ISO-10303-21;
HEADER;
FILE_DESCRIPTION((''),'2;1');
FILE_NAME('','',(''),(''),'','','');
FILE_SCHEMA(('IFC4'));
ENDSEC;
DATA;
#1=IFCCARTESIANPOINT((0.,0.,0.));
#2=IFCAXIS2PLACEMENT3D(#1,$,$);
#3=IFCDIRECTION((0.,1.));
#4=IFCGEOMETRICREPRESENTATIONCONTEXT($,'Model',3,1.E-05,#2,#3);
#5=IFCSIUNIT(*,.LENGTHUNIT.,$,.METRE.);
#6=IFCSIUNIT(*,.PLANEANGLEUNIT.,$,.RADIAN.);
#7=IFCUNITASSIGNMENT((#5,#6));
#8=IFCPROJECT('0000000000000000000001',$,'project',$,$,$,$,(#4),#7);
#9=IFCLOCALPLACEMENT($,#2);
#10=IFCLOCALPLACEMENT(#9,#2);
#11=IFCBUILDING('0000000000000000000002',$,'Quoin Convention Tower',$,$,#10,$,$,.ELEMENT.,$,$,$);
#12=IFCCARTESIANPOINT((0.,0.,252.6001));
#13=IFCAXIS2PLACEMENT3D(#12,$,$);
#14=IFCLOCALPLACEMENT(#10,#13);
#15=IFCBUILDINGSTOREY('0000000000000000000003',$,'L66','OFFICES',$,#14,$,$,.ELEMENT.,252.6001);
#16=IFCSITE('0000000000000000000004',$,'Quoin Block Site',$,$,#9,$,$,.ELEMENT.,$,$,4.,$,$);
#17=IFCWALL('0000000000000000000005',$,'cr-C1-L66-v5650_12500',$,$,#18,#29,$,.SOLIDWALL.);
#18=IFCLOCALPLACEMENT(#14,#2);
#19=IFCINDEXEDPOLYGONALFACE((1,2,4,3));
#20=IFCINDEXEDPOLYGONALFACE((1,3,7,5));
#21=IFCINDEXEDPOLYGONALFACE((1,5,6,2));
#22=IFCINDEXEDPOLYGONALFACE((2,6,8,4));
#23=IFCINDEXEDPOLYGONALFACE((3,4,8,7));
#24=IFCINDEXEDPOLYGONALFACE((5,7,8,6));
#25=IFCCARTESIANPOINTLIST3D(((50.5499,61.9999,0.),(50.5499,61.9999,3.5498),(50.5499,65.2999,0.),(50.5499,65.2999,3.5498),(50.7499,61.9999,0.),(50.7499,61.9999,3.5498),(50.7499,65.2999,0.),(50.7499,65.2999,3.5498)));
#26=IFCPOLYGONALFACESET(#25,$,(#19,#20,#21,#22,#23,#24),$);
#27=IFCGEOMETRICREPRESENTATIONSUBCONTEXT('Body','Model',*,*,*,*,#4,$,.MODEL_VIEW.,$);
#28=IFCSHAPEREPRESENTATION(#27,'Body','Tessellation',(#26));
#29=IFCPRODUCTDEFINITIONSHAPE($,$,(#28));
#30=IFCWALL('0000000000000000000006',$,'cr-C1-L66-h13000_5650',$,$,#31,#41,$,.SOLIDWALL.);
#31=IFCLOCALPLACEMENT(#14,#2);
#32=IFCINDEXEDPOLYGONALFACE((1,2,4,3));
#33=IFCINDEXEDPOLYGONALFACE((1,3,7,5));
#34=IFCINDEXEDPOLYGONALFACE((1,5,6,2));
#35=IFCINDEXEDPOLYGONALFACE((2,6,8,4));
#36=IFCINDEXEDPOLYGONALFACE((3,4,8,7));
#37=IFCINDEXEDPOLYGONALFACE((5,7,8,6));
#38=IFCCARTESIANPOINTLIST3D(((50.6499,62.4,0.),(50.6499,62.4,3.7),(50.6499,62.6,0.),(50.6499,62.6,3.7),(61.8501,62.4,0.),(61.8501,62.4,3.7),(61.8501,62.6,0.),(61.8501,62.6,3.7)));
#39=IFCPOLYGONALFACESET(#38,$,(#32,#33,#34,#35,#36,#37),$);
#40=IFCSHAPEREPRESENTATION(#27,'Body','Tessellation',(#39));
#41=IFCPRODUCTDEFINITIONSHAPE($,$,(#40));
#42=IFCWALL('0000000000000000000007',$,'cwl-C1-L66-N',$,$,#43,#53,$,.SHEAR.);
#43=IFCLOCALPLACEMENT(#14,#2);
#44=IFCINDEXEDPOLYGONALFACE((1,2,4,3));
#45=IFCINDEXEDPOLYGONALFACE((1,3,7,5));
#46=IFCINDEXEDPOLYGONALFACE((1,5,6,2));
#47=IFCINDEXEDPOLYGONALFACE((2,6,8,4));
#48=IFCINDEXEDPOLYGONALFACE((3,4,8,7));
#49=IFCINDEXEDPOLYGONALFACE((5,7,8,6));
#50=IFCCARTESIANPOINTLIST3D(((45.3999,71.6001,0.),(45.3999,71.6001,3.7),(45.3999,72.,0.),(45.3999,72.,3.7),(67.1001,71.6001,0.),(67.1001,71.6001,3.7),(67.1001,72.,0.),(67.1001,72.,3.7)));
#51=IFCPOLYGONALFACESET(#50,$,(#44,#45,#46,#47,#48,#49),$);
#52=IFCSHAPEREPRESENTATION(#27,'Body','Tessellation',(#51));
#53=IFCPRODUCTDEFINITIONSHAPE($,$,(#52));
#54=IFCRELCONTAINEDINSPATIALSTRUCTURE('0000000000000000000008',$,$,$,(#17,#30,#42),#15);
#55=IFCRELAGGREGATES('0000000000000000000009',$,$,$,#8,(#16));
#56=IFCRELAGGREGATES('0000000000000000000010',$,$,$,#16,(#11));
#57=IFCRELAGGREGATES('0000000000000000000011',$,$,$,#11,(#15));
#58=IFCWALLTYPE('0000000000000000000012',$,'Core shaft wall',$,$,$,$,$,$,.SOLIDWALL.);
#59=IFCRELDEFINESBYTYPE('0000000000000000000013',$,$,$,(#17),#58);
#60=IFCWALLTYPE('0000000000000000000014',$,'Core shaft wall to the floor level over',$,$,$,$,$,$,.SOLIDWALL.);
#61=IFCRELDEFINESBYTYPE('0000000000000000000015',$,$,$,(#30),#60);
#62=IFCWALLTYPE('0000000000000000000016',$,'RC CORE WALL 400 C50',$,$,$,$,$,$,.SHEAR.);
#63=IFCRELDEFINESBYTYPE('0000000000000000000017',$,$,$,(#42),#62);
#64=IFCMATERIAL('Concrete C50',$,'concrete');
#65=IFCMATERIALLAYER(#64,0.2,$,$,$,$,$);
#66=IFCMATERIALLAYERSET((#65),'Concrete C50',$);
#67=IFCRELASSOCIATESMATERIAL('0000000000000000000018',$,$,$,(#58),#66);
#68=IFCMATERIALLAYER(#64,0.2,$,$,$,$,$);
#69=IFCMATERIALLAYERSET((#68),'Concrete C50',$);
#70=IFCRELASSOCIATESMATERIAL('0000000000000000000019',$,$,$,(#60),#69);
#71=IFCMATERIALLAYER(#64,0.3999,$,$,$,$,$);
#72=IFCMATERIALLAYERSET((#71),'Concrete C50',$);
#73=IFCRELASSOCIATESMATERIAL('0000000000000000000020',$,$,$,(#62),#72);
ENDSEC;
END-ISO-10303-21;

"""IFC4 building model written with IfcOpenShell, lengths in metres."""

from ifc_helpers import new_model, si_unit, direction, frame, frame_2d, origin, place, context, subcontext, project, spatial, rectangle, extrude, material, layer, layer_set, type_object, element, save


model = new_model("IFC4")

# Units and contexts
model_context = context("Model", 3, precision=1e-05, world=origin(), true_north=direction((0.0, 1.0)))
body_context = subcontext(model_context, "Body", "Model", "MODEL_VIEW")
ifc_project = project(units=[si_unit("LENGTHUNIT", "METRE"), si_unit("PLANEANGLEUNIT", "RADIAN")], contexts=[model_context])

# Site, building, storey
site_placement = place(None, origin())
site = spatial("IfcSite", under=ifc_project, at=site_placement, Name="Quoin Block Site", CompositionType="ELEMENT", RefElevation=4.0)
building_placement = place(site_placement, origin())
building = spatial("IfcBuilding", under=site, at=building_placement, Name="Quoin Convention Tower", CompositionType="ELEMENT")
storey_placement = place(building_placement, frame((0.0, 0.0, 252.6001)))
storey = spatial("IfcBuildingStorey", under=building, at=storey_placement, Name="L66", Description="OFFICES", CompositionType="ELEMENT", Elevation=252.6001)

# Shared definitions
ifc_material_1 = material(Name="Concrete C50", Category="concrete")
ifc_layer_1 = layer(ifc_material_1, 0.2)
ifc_layer_set_1 = layer_set([ifc_layer_1], Name="Concrete C50")
wall_type_1 = type_object("IfcWallType", Name="Core shaft wall", PredefinedType="SOLIDWALL", material=ifc_layer_set_1)

# Walls
wall_1_placement = place(storey_placement, frame((50.6499, 62.0, 0.0), z_axis=(0.0, 0.0, 1.0), x_axis=(0.0, 1.0, 0.0)))
element("IfcWall", 1, at=wall_1_placement, inside=storey, type_object=wall_type_1, Name="cr-C1-L66-v5650_12500", PredefinedType="SOLIDWALL", context=body_context, shape_type="SweptSolid", body=[
    extrude(rectangle(XDim=3.3, YDim=0.2, at=frame_2d((1.6499, 0.0))), origin(), (0.0, 0.0, 1.0), 3.5498),
])
ifc_layer_2 = layer(ifc_material_1, 0.2)
ifc_layer_set_2 = layer_set([ifc_layer_2], Name="Concrete C50")
wall_type_2 = type_object("IfcWallType", Name="Core shaft wall to the floor level over", PredefinedType="SOLIDWALL", material=ifc_layer_set_2)
wall_2_placement = place(storey_placement, frame((50.6499, 62.5, 0.0), z_axis=(0.0, 0.0, 1.0), x_axis=(1.0, 0.0, 0.0)))
element("IfcWall", 2, at=wall_2_placement, inside=storey, type_object=wall_type_2, Name="cr-C1-L66-h13000_5650", PredefinedType="SOLIDWALL", context=body_context, shape_type="SweptSolid", body=[
    extrude(rectangle(XDim=11.2002, YDim=0.2, at=frame_2d((5.6001, 0.0))), origin(), (0.0, 0.0, 1.0), 3.7),
])
ifc_layer_3 = layer(ifc_material_1, 0.3999)
ifc_layer_set_3 = layer_set([ifc_layer_3], Name="Concrete C50")
wall_type_3 = type_object("IfcWallType", Name="RC CORE WALL 400 C50", PredefinedType="SHEAR", material=ifc_layer_set_3)
wall_3_placement = place(storey_placement, frame((45.3999, 71.8, 0.0), z_axis=(0.0, 0.0, 1.0), x_axis=(1.0, 0.0, 0.0)))
element("IfcWall", 3, at=wall_3_placement, inside=storey, type_object=wall_type_3, Name="cwl-C1-L66-N", PredefinedType="SHEAR", context=body_context, shape_type="SweptSolid", body=[
    extrude(rectangle(XDim=21.7002, YDim=0.3999, at=frame_2d((10.8501, 0.0))), origin(), (0.0, 0.0, 1.0), 3.7),
])

save(model, "model.ifc")
